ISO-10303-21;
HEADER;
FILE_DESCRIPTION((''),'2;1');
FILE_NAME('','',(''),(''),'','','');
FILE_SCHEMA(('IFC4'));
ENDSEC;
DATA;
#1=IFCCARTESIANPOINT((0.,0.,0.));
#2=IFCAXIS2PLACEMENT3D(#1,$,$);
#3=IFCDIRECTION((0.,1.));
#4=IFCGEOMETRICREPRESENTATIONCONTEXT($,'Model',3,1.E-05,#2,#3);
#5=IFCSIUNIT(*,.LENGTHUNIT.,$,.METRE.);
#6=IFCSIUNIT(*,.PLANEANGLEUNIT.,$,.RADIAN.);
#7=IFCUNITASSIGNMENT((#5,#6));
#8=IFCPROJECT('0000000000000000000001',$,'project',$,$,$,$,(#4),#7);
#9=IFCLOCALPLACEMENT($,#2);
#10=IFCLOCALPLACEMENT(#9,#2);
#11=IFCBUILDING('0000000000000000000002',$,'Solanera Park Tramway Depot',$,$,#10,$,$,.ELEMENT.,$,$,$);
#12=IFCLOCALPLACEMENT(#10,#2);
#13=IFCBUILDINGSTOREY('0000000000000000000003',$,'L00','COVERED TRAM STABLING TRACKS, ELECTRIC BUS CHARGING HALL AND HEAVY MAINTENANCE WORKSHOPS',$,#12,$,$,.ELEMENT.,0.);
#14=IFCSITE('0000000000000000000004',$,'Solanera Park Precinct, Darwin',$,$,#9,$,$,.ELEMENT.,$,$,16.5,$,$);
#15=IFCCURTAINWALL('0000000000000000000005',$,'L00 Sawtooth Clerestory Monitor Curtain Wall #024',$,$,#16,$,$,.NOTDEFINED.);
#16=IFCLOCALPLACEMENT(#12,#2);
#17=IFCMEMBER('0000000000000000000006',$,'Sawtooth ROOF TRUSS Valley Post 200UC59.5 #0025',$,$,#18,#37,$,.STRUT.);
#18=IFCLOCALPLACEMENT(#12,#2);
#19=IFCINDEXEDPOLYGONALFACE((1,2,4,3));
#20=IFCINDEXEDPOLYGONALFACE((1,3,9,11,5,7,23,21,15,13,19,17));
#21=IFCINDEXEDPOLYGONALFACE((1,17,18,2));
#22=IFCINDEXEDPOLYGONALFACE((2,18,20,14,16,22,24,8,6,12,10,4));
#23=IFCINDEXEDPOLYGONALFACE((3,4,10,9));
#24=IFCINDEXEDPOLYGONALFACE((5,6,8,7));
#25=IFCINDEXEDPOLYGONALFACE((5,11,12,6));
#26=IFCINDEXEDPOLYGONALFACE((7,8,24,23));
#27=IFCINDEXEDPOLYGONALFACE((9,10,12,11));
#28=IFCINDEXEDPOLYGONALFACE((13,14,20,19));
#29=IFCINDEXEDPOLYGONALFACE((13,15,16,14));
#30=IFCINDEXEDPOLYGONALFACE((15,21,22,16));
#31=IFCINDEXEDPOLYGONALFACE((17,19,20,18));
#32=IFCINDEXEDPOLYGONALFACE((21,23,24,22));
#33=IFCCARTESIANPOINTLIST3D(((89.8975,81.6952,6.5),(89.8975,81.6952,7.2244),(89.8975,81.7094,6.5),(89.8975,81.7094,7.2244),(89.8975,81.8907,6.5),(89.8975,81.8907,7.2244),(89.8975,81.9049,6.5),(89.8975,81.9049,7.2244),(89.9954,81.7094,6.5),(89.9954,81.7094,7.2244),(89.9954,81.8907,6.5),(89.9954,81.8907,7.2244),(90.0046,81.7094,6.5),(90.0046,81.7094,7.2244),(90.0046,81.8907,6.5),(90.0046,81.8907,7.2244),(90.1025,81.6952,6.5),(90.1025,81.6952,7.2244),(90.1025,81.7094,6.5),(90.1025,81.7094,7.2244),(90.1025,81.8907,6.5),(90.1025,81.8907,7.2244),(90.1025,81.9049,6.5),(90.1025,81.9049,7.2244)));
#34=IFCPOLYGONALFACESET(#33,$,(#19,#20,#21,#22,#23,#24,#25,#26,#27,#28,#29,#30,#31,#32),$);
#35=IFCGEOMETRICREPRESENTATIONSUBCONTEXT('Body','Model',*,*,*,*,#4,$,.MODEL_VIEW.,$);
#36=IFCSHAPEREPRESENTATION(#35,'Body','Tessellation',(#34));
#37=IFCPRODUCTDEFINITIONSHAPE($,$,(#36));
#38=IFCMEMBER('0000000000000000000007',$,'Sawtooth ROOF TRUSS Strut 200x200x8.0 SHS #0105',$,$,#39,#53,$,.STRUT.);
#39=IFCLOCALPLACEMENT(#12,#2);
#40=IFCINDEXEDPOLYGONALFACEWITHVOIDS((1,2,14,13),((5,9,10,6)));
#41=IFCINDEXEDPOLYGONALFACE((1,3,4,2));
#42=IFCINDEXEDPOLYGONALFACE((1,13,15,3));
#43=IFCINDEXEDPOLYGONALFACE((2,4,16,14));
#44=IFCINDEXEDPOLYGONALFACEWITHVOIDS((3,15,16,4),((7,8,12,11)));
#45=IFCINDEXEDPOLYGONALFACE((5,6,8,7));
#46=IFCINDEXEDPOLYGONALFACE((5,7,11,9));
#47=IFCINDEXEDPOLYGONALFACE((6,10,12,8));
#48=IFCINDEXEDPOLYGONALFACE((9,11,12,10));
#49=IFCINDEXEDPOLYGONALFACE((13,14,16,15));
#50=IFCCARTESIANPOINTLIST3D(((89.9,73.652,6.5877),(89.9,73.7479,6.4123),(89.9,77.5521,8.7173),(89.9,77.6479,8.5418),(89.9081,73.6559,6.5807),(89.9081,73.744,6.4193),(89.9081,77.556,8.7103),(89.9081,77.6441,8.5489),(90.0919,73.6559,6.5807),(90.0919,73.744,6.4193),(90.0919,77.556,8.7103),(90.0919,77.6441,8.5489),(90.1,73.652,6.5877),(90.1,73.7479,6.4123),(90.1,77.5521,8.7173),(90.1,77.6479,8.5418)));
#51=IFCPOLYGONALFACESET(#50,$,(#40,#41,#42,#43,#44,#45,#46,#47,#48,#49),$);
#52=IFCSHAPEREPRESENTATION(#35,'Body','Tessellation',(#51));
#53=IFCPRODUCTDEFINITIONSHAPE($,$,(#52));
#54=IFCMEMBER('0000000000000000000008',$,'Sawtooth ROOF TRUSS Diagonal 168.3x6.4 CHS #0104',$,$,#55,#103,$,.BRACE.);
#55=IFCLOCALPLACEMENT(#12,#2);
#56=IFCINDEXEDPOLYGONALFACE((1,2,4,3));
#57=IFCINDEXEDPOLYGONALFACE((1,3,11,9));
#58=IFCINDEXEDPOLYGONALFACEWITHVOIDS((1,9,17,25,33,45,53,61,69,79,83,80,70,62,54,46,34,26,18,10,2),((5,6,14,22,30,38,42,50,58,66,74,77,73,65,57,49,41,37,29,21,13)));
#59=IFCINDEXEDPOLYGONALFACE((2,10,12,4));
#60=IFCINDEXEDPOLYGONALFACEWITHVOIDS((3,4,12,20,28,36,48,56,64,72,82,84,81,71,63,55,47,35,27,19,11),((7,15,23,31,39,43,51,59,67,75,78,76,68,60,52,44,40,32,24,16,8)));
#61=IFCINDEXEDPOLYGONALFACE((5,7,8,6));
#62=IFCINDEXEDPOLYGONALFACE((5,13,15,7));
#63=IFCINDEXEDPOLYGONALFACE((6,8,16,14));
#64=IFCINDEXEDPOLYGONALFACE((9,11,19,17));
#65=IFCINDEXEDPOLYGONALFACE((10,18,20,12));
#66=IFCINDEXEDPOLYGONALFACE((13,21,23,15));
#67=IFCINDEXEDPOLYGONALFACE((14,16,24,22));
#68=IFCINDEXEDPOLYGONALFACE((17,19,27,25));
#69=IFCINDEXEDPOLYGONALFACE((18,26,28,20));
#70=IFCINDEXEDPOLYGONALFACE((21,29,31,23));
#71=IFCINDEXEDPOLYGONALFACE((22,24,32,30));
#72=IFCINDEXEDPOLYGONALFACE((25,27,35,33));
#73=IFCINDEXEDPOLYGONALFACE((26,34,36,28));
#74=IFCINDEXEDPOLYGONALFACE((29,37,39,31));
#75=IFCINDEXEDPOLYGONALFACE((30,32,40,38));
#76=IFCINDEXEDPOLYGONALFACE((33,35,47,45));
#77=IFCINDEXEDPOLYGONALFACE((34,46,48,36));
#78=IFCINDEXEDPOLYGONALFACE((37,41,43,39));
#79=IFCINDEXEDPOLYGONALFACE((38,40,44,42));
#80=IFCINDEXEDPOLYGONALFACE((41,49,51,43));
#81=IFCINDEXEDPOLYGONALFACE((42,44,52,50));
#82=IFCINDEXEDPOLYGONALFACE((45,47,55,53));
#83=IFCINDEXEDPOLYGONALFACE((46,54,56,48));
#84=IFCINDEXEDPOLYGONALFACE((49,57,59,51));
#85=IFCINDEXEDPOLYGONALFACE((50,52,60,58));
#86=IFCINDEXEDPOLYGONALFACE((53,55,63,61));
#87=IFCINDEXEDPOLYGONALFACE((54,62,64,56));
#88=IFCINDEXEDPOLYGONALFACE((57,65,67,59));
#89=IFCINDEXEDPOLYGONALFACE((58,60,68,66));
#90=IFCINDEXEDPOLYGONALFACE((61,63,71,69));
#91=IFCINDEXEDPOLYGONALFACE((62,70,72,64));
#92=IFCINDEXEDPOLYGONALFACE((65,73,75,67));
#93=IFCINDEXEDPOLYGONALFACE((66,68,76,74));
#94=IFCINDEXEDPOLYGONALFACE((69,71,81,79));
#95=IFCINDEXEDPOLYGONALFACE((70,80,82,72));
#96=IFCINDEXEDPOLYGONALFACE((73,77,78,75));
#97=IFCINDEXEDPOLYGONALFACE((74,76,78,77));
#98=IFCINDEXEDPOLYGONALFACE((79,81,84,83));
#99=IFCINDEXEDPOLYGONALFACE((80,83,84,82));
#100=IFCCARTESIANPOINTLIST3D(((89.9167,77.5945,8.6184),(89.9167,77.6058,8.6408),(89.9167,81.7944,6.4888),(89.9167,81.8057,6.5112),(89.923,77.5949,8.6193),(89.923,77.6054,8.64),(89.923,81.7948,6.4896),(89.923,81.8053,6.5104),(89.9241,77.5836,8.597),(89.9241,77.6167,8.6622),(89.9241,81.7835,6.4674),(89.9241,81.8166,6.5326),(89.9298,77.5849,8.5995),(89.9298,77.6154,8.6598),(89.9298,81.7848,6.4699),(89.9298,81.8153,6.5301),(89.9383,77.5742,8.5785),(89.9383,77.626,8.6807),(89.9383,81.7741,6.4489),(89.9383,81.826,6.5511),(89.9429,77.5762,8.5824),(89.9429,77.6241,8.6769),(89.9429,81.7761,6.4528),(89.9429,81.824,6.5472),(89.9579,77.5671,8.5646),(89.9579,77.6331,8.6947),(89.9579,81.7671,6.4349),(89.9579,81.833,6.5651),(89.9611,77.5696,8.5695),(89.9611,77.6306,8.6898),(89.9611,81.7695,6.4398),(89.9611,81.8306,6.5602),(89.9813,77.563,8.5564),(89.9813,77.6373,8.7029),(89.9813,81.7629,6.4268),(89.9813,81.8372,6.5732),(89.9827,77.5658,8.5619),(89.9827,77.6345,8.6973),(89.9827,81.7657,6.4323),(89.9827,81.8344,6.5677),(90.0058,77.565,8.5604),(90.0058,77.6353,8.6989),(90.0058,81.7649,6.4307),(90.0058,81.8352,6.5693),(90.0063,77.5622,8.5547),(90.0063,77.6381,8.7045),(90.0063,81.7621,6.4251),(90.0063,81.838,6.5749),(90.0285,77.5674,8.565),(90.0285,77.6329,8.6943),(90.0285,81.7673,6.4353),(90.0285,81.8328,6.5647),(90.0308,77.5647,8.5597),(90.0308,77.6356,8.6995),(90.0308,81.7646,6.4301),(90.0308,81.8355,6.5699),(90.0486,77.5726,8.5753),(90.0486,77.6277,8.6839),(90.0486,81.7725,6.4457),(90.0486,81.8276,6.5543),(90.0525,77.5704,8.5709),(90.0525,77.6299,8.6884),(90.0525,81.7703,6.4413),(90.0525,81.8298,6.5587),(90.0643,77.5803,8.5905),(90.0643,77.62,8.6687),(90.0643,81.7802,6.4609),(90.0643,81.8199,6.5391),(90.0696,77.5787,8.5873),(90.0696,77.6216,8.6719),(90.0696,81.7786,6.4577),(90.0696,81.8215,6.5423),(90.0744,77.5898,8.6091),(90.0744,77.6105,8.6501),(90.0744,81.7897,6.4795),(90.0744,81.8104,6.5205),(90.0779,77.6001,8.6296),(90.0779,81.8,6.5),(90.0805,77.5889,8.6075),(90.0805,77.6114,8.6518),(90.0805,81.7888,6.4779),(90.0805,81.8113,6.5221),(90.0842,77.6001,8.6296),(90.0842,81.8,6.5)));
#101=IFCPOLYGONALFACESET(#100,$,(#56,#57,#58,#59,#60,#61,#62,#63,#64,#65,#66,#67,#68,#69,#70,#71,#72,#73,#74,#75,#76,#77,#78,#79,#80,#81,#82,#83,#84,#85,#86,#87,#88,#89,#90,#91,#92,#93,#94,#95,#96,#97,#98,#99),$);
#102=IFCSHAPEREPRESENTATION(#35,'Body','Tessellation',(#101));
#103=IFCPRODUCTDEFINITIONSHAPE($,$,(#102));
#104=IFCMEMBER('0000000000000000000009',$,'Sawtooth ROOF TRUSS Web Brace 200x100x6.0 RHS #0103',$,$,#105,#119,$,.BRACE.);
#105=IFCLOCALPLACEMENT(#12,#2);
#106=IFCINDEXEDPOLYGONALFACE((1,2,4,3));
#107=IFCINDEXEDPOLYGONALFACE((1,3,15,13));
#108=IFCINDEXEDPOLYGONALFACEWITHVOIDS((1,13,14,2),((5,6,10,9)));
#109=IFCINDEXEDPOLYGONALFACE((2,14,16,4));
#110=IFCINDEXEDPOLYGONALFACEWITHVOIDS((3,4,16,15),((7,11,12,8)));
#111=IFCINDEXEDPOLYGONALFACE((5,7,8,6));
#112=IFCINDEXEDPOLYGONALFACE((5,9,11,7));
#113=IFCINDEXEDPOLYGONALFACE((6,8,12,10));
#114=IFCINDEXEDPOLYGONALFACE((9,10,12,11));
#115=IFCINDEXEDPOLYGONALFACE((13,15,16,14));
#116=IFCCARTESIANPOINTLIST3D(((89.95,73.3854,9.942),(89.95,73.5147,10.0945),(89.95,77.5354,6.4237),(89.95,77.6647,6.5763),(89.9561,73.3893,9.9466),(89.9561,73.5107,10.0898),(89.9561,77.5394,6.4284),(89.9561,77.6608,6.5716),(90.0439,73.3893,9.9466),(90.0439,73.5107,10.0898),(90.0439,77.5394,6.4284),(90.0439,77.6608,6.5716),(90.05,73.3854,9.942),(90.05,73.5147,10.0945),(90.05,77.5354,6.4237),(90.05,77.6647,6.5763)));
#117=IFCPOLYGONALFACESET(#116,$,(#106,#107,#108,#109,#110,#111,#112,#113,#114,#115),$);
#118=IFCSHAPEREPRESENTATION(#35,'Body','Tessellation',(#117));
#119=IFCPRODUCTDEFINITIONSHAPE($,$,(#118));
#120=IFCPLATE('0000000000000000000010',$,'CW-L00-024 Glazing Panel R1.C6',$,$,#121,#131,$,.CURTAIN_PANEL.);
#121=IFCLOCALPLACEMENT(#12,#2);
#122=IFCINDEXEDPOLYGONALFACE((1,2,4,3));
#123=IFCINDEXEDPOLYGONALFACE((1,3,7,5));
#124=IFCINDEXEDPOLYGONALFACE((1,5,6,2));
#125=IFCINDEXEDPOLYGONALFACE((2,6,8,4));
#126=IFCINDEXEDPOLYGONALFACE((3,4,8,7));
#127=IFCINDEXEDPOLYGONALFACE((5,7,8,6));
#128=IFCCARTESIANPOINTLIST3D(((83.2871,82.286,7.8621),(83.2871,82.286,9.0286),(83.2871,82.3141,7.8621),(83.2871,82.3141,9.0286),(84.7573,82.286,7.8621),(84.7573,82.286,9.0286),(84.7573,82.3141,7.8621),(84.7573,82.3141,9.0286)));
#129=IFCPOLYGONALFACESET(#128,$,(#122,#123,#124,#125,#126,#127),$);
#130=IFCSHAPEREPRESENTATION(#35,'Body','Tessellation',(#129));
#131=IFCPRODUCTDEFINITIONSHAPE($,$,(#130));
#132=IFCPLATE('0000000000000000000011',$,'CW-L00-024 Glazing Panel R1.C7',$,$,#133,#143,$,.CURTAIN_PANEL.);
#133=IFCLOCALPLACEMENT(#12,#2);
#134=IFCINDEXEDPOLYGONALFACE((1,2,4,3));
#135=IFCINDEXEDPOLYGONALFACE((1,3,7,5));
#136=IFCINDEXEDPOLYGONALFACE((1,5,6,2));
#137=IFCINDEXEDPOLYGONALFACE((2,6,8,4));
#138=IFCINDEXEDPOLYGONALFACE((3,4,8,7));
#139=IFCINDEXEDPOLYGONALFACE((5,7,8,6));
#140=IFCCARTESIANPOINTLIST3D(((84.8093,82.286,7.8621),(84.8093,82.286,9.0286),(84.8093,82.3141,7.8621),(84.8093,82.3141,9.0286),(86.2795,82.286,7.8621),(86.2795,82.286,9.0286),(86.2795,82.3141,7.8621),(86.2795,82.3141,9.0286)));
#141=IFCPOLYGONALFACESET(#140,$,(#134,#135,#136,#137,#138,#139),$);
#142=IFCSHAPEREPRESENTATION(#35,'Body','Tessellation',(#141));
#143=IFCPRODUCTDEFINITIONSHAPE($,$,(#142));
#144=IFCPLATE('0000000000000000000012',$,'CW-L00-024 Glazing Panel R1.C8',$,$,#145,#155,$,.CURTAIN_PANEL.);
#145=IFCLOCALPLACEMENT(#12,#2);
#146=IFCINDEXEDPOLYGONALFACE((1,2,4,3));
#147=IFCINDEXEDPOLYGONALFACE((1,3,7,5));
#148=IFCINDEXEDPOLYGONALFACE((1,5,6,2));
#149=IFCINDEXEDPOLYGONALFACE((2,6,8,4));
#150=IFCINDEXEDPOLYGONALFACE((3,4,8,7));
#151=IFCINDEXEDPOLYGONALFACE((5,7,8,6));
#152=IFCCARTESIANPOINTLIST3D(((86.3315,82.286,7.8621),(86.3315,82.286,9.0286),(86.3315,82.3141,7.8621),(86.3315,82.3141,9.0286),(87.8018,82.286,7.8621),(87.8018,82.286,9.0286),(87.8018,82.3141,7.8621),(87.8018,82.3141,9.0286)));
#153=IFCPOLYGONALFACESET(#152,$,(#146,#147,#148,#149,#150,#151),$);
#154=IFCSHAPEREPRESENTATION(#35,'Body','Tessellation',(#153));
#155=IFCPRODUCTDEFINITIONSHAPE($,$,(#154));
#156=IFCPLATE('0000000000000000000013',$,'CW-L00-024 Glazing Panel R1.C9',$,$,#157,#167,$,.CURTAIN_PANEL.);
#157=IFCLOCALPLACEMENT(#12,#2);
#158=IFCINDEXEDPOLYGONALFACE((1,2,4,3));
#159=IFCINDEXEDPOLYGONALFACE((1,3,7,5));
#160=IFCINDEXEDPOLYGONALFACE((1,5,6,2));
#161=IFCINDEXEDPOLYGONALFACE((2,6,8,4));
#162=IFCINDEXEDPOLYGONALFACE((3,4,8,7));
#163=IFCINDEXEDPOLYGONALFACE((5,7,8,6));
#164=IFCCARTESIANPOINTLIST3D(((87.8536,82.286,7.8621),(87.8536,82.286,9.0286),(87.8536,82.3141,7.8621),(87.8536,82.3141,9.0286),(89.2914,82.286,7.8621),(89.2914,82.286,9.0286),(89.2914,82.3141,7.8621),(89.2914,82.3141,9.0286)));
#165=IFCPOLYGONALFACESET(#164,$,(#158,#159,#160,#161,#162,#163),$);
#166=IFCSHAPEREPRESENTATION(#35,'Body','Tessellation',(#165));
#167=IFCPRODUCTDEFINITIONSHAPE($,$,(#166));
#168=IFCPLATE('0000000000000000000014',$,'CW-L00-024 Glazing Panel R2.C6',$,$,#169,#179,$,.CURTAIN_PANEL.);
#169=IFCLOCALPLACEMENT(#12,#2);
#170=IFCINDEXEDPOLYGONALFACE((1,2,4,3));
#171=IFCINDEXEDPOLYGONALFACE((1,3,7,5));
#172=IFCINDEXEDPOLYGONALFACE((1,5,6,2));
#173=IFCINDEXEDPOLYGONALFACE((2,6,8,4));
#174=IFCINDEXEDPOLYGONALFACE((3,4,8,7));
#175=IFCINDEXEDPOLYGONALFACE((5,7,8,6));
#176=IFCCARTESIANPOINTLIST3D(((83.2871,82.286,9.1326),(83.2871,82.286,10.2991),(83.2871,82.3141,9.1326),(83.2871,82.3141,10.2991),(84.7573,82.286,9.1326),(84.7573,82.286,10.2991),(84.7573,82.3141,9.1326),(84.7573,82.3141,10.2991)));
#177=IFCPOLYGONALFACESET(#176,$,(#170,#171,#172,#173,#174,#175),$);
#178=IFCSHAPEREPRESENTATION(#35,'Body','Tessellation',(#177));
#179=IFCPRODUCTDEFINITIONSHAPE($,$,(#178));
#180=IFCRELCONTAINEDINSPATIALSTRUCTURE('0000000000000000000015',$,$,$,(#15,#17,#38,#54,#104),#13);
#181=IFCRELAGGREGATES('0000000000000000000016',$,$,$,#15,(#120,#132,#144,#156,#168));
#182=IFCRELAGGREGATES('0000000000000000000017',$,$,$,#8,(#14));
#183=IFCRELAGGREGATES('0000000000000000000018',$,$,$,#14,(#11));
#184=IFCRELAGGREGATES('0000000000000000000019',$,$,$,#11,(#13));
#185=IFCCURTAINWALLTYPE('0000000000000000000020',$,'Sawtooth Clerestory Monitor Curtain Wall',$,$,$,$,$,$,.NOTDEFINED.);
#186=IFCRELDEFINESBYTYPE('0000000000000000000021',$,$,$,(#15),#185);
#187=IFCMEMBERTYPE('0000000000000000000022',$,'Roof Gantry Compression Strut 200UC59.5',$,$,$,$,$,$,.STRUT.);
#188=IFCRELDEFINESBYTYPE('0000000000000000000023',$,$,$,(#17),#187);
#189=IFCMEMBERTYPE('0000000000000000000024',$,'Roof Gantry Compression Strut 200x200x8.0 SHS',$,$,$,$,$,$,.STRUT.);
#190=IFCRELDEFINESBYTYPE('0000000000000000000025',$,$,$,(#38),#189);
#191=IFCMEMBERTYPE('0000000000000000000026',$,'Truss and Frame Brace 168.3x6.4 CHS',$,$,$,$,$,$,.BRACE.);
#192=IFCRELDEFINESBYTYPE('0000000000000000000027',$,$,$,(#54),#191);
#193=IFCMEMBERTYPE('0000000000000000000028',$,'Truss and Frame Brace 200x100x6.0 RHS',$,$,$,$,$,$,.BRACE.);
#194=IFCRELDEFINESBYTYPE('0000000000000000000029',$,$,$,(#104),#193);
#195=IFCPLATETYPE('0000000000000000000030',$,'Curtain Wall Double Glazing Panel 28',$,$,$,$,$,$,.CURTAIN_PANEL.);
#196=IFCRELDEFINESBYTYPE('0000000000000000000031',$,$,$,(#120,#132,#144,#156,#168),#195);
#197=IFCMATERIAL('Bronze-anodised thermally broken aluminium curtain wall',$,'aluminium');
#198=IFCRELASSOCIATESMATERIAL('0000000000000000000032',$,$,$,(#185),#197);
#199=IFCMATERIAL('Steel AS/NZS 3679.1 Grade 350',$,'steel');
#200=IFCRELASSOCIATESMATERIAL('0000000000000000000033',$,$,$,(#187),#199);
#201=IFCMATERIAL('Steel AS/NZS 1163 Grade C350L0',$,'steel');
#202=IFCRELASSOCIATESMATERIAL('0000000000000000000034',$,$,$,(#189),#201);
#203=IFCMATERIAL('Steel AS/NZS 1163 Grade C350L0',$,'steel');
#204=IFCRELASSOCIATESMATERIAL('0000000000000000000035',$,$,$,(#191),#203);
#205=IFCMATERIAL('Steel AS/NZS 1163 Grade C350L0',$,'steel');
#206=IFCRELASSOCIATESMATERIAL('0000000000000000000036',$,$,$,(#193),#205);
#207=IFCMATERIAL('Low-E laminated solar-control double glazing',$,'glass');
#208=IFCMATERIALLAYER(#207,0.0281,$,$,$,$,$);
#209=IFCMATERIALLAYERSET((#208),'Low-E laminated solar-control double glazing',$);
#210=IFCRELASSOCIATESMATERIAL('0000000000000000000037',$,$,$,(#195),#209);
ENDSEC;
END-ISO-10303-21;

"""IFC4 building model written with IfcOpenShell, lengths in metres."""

from ifc_helpers import new_model, si_unit, direction, frame, origin, origin_2d, place, context, subcontext, project, spatial, rectangle, hollow_rectangle, hollow_circle, i_section, extrude, material, layer, layer_set, material_profile, profile_set, type_object, element, aggregate, save


model = new_model("IFC4")

# Units and contexts
model_context = context("Model", 3, precision=1e-05, world=origin(), true_north=direction((0.0, 1.0)))
body_context = subcontext(model_context, "Body", "Model", "MODEL_VIEW")
ifc_project = project(units=[si_unit("LENGTHUNIT", "METRE"), si_unit("PLANEANGLEUNIT", "RADIAN")], contexts=[model_context])

# Site, building, storey
site_placement = place(None, origin())
site = spatial("IfcSite", under=ifc_project, at=site_placement, Name="Solanera Park Precinct, Darwin", CompositionType="ELEMENT", RefElevation=16.5)
building_placement = place(site_placement, origin())
building = spatial("IfcBuilding", under=site, at=building_placement, Name="Solanera Park Tramway Depot", CompositionType="ELEMENT")
storey_placement = place(building_placement, origin())
storey = spatial("IfcBuildingStorey", under=building, at=storey_placement, Name="L00", Description="COVERED TRAM STABLING TRACKS, ELECTRIC BUS CHARGING HALL AND HEAVY MAINTENANCE WORKSHOPS", CompositionType="ELEMENT", Elevation=0.0)

# Curtain wall
ifc_material_1 = material(Name="Bronze-anodised thermally broken aluminium curtain wall", Category="aluminium")
curtain_wall_type = type_object("IfcCurtainWallType", Name="Sawtooth Clerestory Monitor Curtain Wall", PredefinedType="NOTDEFINED", material=ifc_material_1)
curtain_wall_placement = place(storey_placement, origin())
curtain_wall = element("IfcCurtainWall", 1, at=curtain_wall_placement, inside=storey, type_object=curtain_wall_type, Name="L00 Sawtooth Clerestory Monitor Curtain Wall #024", PredefinedType="NOTDEFINED")

# Members
ifc_material_2 = material(Name="Steel AS/NZS 3679.1 Grade 350", Category="steel")
ifc_material_profile_1 = material_profile(ifc_material_2, i_section(OverallWidth=0.2051, OverallDepth=0.2097, WebThickness=0.0093, FlangeThickness=0.0142, at=origin_2d()), Name="200UC59.5")
ifc_profile_set_1 = profile_set([ifc_material_profile_1], Name="Steel AS/NZS 3679.1 Grade 350")
member_type_1 = type_object("IfcMemberType", Name="Roof Gantry Compression Strut 200UC59.5", PredefinedType="STRUT", material=ifc_profile_set_1)
member_1_placement = place(storey_placement, frame((90.0, 81.8, 6.5), z_axis=(0.0, 0.0, 1.0), x_axis=(1.0, 0.0, 0.0)))
element("IfcMember", 2, at=member_1_placement, inside=storey, type_object=member_type_1, Name="Sawtooth ROOF TRUSS Valley Post 200UC59.5 #0025", PredefinedType="STRUT", context=body_context, shape_type="SweptSolid", body=[
    extrude(i_section(OverallWidth=0.2051, OverallDepth=0.2097, WebThickness=0.0093, FlangeThickness=0.0142, at=origin_2d()), origin(), (0.0, 0.0, 1.0), 0.7244),
])
ifc_material_3 = material(Name="Steel AS/NZS 1163 Grade C350L0", Category="steel")
ifc_material_profile_2 = material_profile(ifc_material_3, hollow_rectangle(XDim=0.2, YDim=0.2, WallThickness=0.0081, at=origin_2d()), Name="200x200x8.0 SHS")
ifc_profile_set_2 = profile_set([ifc_material_profile_2], Name="Steel AS/NZS 1163 Grade C350L0")
member_type_2 = type_object("IfcMemberType", Name="Roof Gantry Compression Strut 200x200x8.0 SHS", PredefinedType="STRUT", material=ifc_profile_set_2)
member_2_placement = place(storey_placement, frame((90.0, 73.7, 6.5), z_axis=(0.0, 0.877679, 0.479249), x_axis=(-1.0, 0.0, 0.0)))
element("IfcMember", 3, at=member_2_placement, inside=storey, type_object=member_type_2, Name="Sawtooth ROOF TRUSS Strut 200x200x8.0 SHS #0105", PredefinedType="STRUT", context=body_context, shape_type="SweptSolid", body=[
    extrude(hollow_rectangle(XDim=0.2, YDim=0.2, WallThickness=0.0081, at=origin_2d()), origin(), (0.0, 0.0, 1.0), 4.4436),
])
ifc_material_4 = material(Name="Steel AS/NZS 1163 Grade C350L0", Category="steel")
ifc_material_profile_3 = material_profile(ifc_material_4, hollow_circle(Radius=0.0842, WallThickness=0.0063, at=origin_2d()), Name="168.3x6.4 CHS")
ifc_profile_set_3 = profile_set([ifc_material_profile_3], Name="Steel AS/NZS 1163 Grade C350L0")
member_type_3 = type_object("IfcMemberType", Name="Truss and Frame Brace 168.3x6.4 CHS", PredefinedType="BRACE", material=ifc_profile_set_3)
member_3_placement = place(storey_placement, frame((90.0, 81.8, 6.5), z_axis=(0.0, -0.891893, 0.452246), x_axis=(1.0, 0.0, 0.0)))
element("IfcMember", 4, at=member_3_placement, inside=storey, type_object=member_type_3, Name="Sawtooth ROOF TRUSS Diagonal 168.3x6.4 CHS #0104", PredefinedType="BRACE", context=body_context, shape_type="SweptSolid", body=[
    extrude(hollow_circle(Radius=0.0842, WallThickness=0.0063, at=origin_2d()), origin(), (0.0, 0.0, 1.0), 4.709),
])
ifc_material_5 = material(Name="Steel AS/NZS 1163 Grade C350L0", Category="steel")
ifc_material_profile_4 = material_profile(ifc_material_5, hollow_rectangle(XDim=0.1001, YDim=0.2, WallThickness=0.0061, at=origin_2d()), Name="200x100x6.0 RHS")
ifc_profile_set_4 = profile_set([ifc_material_profile_4], Name="Steel AS/NZS 1163 Grade C350L0")
member_type_4 = type_object("IfcMemberType", Name="Truss and Frame Brace 200x100x6.0 RHS", PredefinedType="BRACE", material=ifc_profile_set_4)
member_4_placement = place(storey_placement, frame((90.0, 77.6001, 6.5), z_axis=(0.0, -0.762783, 0.646654), x_axis=(1.0, 0.0, 0.0)))
element("IfcMember", 5, at=member_4_placement, inside=storey, type_object=member_type_4, Name="Sawtooth ROOF TRUSS Web Brace 200x100x6.0 RHS #0103", PredefinedType="BRACE", context=body_context, shape_type="SweptSolid", body=[
    extrude(hollow_rectangle(XDim=0.1001, YDim=0.2, WallThickness=0.0061, at=origin_2d()), origin(), (0.0, 0.0, 1.0), 5.4407),
])

# Plates
ifc_material_6 = material(Name="Low-E laminated solar-control double glazing", Category="glass")
ifc_layer_1 = layer(ifc_material_6, 0.0281)
ifc_layer_set_1 = layer_set([ifc_layer_1], Name="Low-E laminated solar-control double glazing")
plate_type_1 = type_object("IfcPlateType", Name="Curtain Wall Double Glazing Panel 28", PredefinedType="CURTAIN_PANEL", material=ifc_layer_set_1)
plate_1_placement = place(storey_placement, frame((84.0222, 82.3, 7.8621), z_axis=(0.0, 0.0, 1.0), x_axis=(1.0, 0.0, 0.0)))
plate_1 = element("IfcPlate", 6, at=plate_1_placement, type_object=plate_type_1, Name="CW-L00-024 Glazing Panel R1.C6", PredefinedType="CURTAIN_PANEL", context=body_context, shape_type="SweptSolid", body=[
    extrude(rectangle(XDim=1.4702, YDim=0.0281, at=origin_2d()), origin(), (0.0, 0.0, 1.0), 1.1665),
])
plate_2_placement = place(storey_placement, frame((85.5444, 82.3, 7.8621), z_axis=(0.0, 0.0, 1.0), x_axis=(1.0, 0.0, 0.0)))
plate_2 = element("IfcPlate", 7, at=plate_2_placement, type_object=plate_type_1, Name="CW-L00-024 Glazing Panel R1.C7", PredefinedType="CURTAIN_PANEL", context=body_context, shape_type="SweptSolid", body=[
    extrude(rectangle(XDim=1.4702, YDim=0.0281, at=origin_2d()), origin(), (0.0, 0.0, 1.0), 1.1665),
])
plate_3_placement = place(storey_placement, frame((87.0667, 82.3, 7.8621), z_axis=(0.0, 0.0, 1.0), x_axis=(1.0, 0.0, 0.0)))
plate_3 = element("IfcPlate", 8, at=plate_3_placement, type_object=plate_type_1, Name="CW-L00-024 Glazing Panel R1.C8", PredefinedType="CURTAIN_PANEL", context=body_context, shape_type="SweptSolid", body=[
    extrude(rectangle(XDim=1.4702, YDim=0.0281, at=origin_2d()), origin(), (0.0, 0.0, 1.0), 1.1665),
])
plate_4_placement = place(storey_placement, frame((88.5725, 82.3, 7.8621), z_axis=(0.0, 0.0, 1.0), x_axis=(1.0, 0.0, 0.0)))
plate_4 = element("IfcPlate", 9, at=plate_4_placement, type_object=plate_type_1, Name="CW-L00-024 Glazing Panel R1.C9", PredefinedType="CURTAIN_PANEL", context=body_context, shape_type="SweptSolid", body=[
    extrude(rectangle(XDim=1.4377, YDim=0.0281, at=origin_2d()), origin(), (0.0, 0.0, 1.0), 1.1665),
])
plate_5_placement = place(storey_placement, frame((84.0222, 82.3, 9.1326), z_axis=(0.0, 0.0, 1.0), x_axis=(1.0, 0.0, 0.0)))
plate_5 = element("IfcPlate", 10, at=plate_5_placement, type_object=plate_type_1, Name="CW-L00-024 Glazing Panel R2.C6", PredefinedType="CURTAIN_PANEL", context=body_context, shape_type="SweptSolid", body=[
    extrude(rectangle(XDim=1.4702, YDim=0.0281, at=origin_2d()), origin(), (0.0, 0.0, 1.0), 1.1665),
])
aggregate(curtain_wall, [plate_1, plate_2, plate_3, plate_4, plate_5])

save(model, "model.ifc")
